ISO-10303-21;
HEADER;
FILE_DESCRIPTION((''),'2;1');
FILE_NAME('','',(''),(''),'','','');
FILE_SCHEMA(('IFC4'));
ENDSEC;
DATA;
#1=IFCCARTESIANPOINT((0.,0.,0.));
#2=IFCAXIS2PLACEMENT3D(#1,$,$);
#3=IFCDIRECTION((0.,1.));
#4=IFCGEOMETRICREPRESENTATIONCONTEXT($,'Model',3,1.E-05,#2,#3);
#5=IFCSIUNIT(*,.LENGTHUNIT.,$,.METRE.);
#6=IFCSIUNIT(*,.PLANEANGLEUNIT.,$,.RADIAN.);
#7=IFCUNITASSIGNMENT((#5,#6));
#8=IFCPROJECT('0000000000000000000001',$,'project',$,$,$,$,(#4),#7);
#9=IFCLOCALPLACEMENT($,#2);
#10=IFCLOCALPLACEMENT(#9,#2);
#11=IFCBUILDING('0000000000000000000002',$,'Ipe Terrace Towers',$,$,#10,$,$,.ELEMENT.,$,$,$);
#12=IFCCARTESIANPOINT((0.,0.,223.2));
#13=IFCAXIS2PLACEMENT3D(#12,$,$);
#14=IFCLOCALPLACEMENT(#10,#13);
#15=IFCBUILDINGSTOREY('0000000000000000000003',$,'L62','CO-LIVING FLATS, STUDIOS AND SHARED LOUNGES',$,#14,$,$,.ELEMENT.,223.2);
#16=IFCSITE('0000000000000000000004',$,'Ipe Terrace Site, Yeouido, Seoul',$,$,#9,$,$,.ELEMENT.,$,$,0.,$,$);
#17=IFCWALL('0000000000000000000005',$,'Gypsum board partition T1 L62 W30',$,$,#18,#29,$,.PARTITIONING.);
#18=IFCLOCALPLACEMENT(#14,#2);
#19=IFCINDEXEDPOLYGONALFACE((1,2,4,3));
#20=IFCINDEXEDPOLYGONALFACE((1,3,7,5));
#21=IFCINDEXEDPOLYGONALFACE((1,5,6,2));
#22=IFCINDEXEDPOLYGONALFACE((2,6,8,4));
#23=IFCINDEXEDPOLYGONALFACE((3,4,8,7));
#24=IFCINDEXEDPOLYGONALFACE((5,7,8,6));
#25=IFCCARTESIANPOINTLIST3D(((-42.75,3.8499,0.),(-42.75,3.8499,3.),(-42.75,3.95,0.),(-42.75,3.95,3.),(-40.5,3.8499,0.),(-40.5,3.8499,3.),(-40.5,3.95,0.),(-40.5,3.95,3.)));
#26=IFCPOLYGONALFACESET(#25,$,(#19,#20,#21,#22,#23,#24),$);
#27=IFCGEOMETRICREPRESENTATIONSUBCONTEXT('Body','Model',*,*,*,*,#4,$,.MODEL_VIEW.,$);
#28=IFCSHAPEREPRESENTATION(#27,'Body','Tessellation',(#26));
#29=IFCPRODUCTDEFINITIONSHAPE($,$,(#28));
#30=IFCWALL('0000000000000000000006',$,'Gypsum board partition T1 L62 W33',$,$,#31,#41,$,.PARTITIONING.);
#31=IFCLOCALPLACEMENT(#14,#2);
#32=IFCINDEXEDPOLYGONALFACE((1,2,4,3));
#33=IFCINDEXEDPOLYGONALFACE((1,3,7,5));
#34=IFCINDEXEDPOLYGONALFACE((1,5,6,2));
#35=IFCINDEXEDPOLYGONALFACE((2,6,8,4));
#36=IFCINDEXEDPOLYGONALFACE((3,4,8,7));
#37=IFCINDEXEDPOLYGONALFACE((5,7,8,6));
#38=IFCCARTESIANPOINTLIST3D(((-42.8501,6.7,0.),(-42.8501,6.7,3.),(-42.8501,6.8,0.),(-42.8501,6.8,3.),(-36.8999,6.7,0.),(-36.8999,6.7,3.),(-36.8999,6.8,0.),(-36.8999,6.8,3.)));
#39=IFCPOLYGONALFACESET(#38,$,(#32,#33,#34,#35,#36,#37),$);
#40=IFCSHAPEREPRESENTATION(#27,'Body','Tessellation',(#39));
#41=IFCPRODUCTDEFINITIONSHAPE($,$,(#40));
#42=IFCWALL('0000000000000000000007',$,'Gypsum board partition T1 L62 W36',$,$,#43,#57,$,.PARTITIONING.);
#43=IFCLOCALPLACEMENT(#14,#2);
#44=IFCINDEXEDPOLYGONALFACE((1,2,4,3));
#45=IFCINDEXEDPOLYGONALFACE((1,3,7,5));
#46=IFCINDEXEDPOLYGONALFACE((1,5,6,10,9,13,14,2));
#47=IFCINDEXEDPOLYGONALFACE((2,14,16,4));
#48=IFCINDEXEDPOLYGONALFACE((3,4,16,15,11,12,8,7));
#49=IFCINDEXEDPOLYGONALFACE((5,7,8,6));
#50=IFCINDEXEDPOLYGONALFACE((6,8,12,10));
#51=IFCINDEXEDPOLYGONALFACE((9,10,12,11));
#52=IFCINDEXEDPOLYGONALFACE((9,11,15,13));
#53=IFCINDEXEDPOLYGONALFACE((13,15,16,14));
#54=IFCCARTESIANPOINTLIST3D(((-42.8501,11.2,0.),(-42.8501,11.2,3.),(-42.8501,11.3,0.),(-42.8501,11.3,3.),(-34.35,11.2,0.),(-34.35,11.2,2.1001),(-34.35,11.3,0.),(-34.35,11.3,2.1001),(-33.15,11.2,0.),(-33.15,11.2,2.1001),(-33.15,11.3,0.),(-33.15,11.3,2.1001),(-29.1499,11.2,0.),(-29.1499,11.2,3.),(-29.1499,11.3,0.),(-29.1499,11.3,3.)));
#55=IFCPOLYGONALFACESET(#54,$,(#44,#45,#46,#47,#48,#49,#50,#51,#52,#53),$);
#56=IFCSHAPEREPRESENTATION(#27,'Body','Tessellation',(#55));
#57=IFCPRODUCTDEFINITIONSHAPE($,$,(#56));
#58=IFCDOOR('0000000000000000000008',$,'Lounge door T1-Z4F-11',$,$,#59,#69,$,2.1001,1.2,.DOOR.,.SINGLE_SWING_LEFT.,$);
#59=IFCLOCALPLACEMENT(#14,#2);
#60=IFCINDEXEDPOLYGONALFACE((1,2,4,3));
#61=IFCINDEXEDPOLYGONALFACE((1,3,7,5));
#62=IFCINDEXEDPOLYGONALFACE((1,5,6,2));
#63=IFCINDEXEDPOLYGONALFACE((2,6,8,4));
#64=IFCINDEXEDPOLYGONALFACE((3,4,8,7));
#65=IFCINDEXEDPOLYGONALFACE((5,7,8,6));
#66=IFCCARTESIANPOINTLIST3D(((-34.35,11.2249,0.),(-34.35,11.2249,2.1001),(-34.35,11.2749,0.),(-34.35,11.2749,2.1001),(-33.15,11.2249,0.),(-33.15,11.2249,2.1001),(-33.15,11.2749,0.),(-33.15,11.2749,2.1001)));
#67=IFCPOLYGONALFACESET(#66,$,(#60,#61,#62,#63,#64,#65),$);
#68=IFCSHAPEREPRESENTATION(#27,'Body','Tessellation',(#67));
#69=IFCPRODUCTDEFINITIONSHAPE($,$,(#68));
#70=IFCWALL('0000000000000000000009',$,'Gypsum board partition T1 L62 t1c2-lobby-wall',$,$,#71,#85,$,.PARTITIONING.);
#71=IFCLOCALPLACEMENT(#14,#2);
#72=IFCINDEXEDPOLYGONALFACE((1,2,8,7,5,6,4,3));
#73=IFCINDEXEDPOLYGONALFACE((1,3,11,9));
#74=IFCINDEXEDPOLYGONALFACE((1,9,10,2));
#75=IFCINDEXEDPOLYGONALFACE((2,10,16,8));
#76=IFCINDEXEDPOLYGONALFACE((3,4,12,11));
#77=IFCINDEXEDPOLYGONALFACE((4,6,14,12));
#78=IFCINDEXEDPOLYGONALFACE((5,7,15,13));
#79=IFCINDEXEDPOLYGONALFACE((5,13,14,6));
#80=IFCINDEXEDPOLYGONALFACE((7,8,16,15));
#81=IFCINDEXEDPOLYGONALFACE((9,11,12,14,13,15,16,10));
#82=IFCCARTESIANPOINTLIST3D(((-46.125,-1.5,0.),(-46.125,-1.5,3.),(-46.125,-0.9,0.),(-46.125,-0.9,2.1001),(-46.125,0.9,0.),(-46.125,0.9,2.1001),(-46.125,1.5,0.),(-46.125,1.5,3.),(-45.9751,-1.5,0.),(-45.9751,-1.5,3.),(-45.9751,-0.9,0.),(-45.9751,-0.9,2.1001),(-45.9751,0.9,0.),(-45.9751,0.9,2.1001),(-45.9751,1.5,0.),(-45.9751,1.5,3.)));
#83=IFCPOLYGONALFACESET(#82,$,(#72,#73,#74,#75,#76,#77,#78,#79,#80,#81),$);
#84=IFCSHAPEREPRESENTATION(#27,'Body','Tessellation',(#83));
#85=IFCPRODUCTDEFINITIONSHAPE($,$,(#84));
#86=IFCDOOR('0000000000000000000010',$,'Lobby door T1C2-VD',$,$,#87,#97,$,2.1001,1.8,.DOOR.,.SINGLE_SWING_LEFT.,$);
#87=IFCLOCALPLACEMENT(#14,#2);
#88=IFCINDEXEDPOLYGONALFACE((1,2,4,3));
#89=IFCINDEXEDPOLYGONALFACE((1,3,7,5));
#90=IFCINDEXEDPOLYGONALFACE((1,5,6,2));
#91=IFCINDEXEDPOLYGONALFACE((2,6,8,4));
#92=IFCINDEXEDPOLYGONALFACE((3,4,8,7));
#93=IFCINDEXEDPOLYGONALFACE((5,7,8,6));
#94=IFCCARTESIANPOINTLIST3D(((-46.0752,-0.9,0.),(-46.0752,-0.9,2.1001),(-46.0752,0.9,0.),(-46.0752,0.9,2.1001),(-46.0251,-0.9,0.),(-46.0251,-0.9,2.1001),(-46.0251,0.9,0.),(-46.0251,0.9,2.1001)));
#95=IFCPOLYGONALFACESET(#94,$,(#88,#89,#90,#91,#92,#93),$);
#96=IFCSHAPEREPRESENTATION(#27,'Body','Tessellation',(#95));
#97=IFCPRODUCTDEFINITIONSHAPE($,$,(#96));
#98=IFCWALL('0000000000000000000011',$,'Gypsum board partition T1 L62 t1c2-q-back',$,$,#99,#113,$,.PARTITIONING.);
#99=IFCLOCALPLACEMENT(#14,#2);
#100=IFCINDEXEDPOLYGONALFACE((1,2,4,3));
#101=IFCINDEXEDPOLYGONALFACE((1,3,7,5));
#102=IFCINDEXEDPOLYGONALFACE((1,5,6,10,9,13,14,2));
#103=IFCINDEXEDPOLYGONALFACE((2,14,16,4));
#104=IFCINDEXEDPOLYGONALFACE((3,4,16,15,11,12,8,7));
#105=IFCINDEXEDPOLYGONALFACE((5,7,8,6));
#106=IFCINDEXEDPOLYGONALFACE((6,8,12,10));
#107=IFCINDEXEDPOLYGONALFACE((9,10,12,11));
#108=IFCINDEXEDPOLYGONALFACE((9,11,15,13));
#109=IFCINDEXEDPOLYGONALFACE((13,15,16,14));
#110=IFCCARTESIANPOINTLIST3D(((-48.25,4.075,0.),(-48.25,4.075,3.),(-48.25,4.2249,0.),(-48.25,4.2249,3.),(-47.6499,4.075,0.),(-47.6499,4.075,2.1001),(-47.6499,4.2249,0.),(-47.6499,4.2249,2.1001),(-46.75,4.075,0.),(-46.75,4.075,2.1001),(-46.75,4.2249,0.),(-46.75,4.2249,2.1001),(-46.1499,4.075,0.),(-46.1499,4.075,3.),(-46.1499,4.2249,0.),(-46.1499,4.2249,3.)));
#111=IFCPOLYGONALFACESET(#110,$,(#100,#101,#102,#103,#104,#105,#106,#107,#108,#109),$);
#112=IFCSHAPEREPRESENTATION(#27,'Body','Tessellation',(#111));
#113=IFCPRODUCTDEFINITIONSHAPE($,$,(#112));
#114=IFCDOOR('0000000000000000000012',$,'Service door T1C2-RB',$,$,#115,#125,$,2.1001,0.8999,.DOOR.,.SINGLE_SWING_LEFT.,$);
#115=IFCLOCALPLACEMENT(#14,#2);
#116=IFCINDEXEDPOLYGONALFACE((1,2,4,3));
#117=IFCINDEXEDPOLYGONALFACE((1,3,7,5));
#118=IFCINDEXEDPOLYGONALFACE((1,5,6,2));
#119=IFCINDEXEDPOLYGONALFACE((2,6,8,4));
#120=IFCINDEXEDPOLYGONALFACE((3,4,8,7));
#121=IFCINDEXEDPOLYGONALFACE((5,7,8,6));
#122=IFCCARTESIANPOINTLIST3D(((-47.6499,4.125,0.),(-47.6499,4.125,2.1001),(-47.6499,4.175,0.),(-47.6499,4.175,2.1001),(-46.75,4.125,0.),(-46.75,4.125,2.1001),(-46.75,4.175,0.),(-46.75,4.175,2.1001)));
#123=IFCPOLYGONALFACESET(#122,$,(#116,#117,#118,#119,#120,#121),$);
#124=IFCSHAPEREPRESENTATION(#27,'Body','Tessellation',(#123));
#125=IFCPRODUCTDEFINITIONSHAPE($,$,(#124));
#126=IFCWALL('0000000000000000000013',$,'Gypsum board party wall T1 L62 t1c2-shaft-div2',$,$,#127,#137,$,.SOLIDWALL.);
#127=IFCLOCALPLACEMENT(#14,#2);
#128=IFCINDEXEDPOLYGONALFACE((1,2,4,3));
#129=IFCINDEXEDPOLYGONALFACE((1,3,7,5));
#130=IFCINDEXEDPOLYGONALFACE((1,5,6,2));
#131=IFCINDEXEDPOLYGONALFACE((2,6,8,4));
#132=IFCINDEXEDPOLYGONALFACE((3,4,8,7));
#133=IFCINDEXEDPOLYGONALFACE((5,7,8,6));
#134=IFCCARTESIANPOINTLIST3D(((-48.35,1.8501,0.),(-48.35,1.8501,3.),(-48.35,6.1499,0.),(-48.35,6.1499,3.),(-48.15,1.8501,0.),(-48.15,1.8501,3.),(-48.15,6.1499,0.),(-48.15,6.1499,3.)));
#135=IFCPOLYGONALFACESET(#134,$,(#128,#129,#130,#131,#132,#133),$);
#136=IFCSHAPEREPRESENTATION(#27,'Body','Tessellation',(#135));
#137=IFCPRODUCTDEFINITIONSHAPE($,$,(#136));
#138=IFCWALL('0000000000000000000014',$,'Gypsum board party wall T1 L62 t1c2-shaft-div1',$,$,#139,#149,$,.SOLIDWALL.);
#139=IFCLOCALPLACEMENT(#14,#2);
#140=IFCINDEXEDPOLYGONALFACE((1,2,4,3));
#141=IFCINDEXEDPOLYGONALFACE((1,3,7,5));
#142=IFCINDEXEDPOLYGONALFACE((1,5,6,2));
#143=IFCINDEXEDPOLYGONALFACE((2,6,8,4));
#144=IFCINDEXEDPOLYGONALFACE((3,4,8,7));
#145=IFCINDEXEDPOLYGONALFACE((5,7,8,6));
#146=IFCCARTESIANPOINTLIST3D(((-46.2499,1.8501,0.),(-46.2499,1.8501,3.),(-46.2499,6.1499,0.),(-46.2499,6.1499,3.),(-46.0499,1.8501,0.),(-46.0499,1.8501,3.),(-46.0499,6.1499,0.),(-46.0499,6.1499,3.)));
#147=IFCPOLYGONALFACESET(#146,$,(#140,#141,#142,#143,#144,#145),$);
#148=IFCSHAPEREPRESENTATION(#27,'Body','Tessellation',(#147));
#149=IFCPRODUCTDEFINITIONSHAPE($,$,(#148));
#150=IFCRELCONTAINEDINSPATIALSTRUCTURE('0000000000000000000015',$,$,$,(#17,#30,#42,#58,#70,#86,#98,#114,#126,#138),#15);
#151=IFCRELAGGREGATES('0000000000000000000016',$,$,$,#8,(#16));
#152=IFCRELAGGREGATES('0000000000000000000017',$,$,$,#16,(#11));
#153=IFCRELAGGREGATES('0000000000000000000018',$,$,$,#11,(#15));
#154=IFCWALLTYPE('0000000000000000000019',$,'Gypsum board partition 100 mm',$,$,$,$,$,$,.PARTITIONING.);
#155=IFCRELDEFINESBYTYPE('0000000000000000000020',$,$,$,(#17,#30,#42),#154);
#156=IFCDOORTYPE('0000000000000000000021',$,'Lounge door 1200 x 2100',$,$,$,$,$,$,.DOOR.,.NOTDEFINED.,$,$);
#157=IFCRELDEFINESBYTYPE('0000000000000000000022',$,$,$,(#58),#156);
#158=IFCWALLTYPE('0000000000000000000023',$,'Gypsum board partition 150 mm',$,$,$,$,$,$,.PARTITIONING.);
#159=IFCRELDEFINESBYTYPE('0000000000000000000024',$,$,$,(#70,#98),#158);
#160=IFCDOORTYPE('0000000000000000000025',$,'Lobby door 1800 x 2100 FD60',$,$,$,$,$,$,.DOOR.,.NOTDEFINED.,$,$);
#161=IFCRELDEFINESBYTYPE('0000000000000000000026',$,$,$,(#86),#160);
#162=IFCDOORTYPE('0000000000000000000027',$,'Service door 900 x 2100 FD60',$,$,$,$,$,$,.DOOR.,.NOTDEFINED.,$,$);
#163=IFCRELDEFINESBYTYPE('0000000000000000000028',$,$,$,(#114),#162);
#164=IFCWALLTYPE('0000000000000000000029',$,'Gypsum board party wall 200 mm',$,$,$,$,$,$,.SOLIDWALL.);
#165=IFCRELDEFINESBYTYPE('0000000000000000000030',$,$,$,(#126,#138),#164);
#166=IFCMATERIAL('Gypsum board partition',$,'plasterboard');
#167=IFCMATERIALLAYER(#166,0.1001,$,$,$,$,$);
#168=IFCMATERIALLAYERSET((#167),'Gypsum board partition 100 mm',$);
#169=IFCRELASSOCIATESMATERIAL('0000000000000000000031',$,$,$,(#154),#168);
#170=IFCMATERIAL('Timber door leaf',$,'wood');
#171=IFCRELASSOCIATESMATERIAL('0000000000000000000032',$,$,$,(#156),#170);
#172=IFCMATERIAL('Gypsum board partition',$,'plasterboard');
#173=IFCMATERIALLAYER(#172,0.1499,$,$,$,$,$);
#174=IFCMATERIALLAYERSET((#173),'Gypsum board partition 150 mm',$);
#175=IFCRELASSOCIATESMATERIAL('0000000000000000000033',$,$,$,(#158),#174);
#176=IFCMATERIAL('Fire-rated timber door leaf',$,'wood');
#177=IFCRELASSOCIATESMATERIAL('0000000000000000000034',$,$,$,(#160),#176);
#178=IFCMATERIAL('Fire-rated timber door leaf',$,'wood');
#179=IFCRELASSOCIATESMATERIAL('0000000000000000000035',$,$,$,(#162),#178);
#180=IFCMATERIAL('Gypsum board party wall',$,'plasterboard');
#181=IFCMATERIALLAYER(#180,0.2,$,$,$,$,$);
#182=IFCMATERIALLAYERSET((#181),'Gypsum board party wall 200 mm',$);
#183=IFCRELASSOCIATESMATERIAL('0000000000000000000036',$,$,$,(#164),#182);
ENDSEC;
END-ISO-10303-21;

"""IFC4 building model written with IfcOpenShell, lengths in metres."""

from ifc_helpers import new_model, si_unit, direction, frame, frame_2d, origin, place, context, subcontext, project, spatial, rectangle, extrude, material, layer, layer_set, type_object, element, fill, save


model = new_model("IFC4")

# Units and contexts
model_context = context("Model", 3, precision=1e-05, world=origin(), true_north=direction((0.0, 1.0)))
body_context = subcontext(model_context, "Body", "Model", "MODEL_VIEW")
ifc_project = project(units=[si_unit("LENGTHUNIT", "METRE"), si_unit("PLANEANGLEUNIT", "RADIAN")], contexts=[model_context])

# Site, building, storey
site_placement = place(None, origin())
site = spatial("IfcSite", under=ifc_project, at=site_placement, Name="Ipe Terrace Site, Yeouido, Seoul", CompositionType="ELEMENT", RefElevation=0.0)
building_placement = place(site_placement, origin())
building = spatial("IfcBuilding", under=site, at=building_placement, Name="Ipe Terrace Towers", CompositionType="ELEMENT")
storey_placement = place(building_placement, frame((0.0, 0.0, 223.2)))
storey = spatial("IfcBuildingStorey", under=building, at=storey_placement, Name="L62", Description="CO-LIVING FLATS, STUDIOS AND SHARED LOUNGES", CompositionType="ELEMENT", Elevation=223.2)

# Shared definitions
ifc_material_1 = material(Name="Gypsum board partition", Category="plasterboard")
ifc_layer_1 = layer(ifc_material_1, 0.1001)
ifc_layer_set_1 = layer_set([ifc_layer_1], Name="Gypsum board partition 100 mm")
wall_type_1 = type_object("IfcWallType", Name="Gypsum board partition 100 mm", PredefinedType="PARTITIONING", material=ifc_layer_set_1)

# Walls
wall_1_placement = place(storey_placement, frame((-42.75, 3.8999, 0.0), z_axis=(0.0, 0.0, 1.0), x_axis=(1.0, 0.0, 0.0)))
element("IfcWall", 1, at=wall_1_placement, inside=storey, type_object=wall_type_1, Name="Gypsum board partition T1 L62 W30", PredefinedType="PARTITIONING", context=body_context, shape_type="SweptSolid", body=[
    extrude(rectangle(XDim=2.25, YDim=0.1001, at=frame_2d((1.125, 0.0))), origin(), (0.0, 0.0, 1.0), 3.0),
])
wall_2_placement = place(storey_placement, frame((-42.8501, 6.75, 0.0), z_axis=(0.0, 0.0, 1.0), x_axis=(1.0, 0.0, 0.0)))
element("IfcWall", 2, at=wall_2_placement, inside=storey, type_object=wall_type_1, Name="Gypsum board partition T1 L62 W33", PredefinedType="PARTITIONING", context=body_context, shape_type="SweptSolid", body=[
    extrude(rectangle(XDim=5.9502, YDim=0.1001, at=frame_2d((2.9751, 0.0))), origin(), (0.0, 0.0, 1.0), 3.0),
])

# Walls, openings, doors
wall_3_placement = place(storey_placement, frame((-42.8501, 11.25, 0.0), z_axis=(0.0, 0.0, 1.0), x_axis=(1.0, 0.0, 0.0)))
wall_3 = element("IfcWall", 3, at=wall_3_placement, inside=storey, type_object=wall_type_1, Name="Gypsum board partition T1 L62 W36", PredefinedType="PARTITIONING", context=body_context, shape_type="SweptSolid", body=[
    extrude(rectangle(XDim=13.7002, YDim=0.1001, at=frame_2d((6.8501, 0.0))), origin(), (0.0, 0.0, 1.0), 3.0),
])
opening_1_placement = place(wall_3_placement, frame((8.5, 0.0, 0.0)))
opening_1 = element("IfcOpeningElement", 4, at=opening_1_placement, cuts=wall_3, PredefinedType="OPENING", context=body_context, shape_type="SweptSolid", body=[
    extrude(rectangle(XDim=1.2, YDim=2.1001, at=frame_2d((0.6001, 1.05))), frame((0.0, 0.0601, 0.0), z_axis=(0.0, -1.0, 0.0), x_axis=(1.0, 0.0, 0.0)), (0.0, 0.0, 1.0), 0.1201),
])
ifc_material_2 = material(Name="Timber door leaf", Category="wood")
door_type_1 = type_object("IfcDoorType", Name="Lounge door 1200 x 2100", OperationType="NOTDEFINED", PredefinedType="DOOR", material=ifc_material_2)
door_1_placement = place(opening_1_placement, origin())
door_1 = element("IfcDoor", 5, at=door_1_placement, inside=storey, type_object=door_type_1, Name="Lounge door T1-Z4F-11", OperationType="SINGLE_SWING_LEFT", OverallHeight=2.1001, OverallWidth=1.2, PredefinedType="DOOR", context=body_context, shape_type="SweptSolid", body=[
    extrude(rectangle(XDim=1.2, YDim=2.1001, at=frame_2d((0.6001, 1.05))), frame((0.0, 0.0249, 0.0), z_axis=(0.0, -1.0, 0.0), x_axis=(1.0, 0.0, 0.0)), (0.0, 0.0, 1.0), 0.05),
])
fill(opening_1, door_1)
ifc_material_3 = material(Name="Gypsum board partition", Category="plasterboard")
ifc_layer_2 = layer(ifc_material_3, 0.1499)
ifc_layer_set_2 = layer_set([ifc_layer_2], Name="Gypsum board partition 150 mm")
wall_type_2 = type_object("IfcWallType", Name="Gypsum board partition 150 mm", PredefinedType="PARTITIONING", material=ifc_layer_set_2)
wall_4_placement = place(storey_placement, frame((-46.05, 1.5, 0.0), z_axis=(0.0, 0.0, 1.0), x_axis=(0.0, -1.0, 0.0)))
wall_4 = element("IfcWall", 6, at=wall_4_placement, inside=storey, type_object=wall_type_2, Name="Gypsum board partition T1 L62 t1c2-lobby-wall", PredefinedType="PARTITIONING", context=body_context, shape_type="SweptSolid", body=[
    extrude(rectangle(XDim=3.0, YDim=0.1499, at=frame_2d((1.5, 0.0))), origin(), (0.0, 0.0, 1.0), 3.0),
])
opening_2_placement = place(wall_4_placement, frame((0.6001, 0.0, 0.0)))
opening_2 = element("IfcOpeningElement", 7, at=opening_2_placement, cuts=wall_4, PredefinedType="OPENING", context=body_context, shape_type="SweptSolid", body=[
    extrude(rectangle(XDim=1.8, YDim=2.1001, at=frame_2d((0.8999, 1.05))), frame((0.0, 0.085, 0.0), z_axis=(0.0, -1.0, 0.0), x_axis=(1.0, 0.0, 0.0)), (0.0, 0.0, 1.0), 0.1699),
])
ifc_material_4 = material(Name="Fire-rated timber door leaf", Category="wood")
door_type_2 = type_object("IfcDoorType", Name="Lobby door 1800 x 2100 FD60", OperationType="NOTDEFINED", PredefinedType="DOOR", material=ifc_material_4)
door_2_placement = place(opening_2_placement, origin())
door_2 = element("IfcDoor", 8, at=door_2_placement, inside=storey, type_object=door_type_2, Name="Lobby door T1C2-VD", OperationType="SINGLE_SWING_LEFT", OverallHeight=2.1001, OverallWidth=1.8, PredefinedType="DOOR", context=body_context, shape_type="SweptSolid", body=[
    extrude(rectangle(XDim=1.8, YDim=2.1001, at=frame_2d((0.8999, 1.05))), frame((0.0, 0.0249, 0.0), z_axis=(0.0, -1.0, 0.0), x_axis=(1.0, 0.0, 0.0)), (0.0, 0.0, 1.0), 0.05),
])
fill(opening_2, door_2)
wall_5_placement = place(storey_placement, frame((-46.1499, 4.1499, 0.0), z_axis=(0.0, 0.0, 1.0), x_axis=(-1.0, 0.0, 0.0)))
wall_5 = element("IfcWall", 9, at=wall_5_placement, inside=storey, type_object=wall_type_2, Name="Gypsum board partition T1 L62 t1c2-q-back", PredefinedType="PARTITIONING", context=body_context, shape_type="SweptSolid", body=[
    extrude(rectangle(XDim=2.1001, YDim=0.1499, at=frame_2d((1.05, 0.0))), origin(), (0.0, 0.0, 1.0), 3.0),
])
opening_3_placement = place(wall_5_placement, frame((0.6001, 0.0, 0.0)))
opening_3 = element("IfcOpeningElement", 10, at=opening_3_placement, cuts=wall_5, PredefinedType="OPENING", context=body_context, shape_type="SweptSolid", body=[
    extrude(rectangle(XDim=0.8999, YDim=2.1001, at=frame_2d((0.45, 1.05))), frame((0.0, 0.085, 0.0), z_axis=(0.0, -1.0, 0.0), x_axis=(1.0, 0.0, 0.0)), (0.0, 0.0, 1.0), 0.1699),
])
ifc_material_5 = material(Name="Fire-rated timber door leaf", Category="wood")
door_type_3 = type_object("IfcDoorType", Name="Service door 900 x 2100 FD60", OperationType="NOTDEFINED", PredefinedType="DOOR", material=ifc_material_5)
door_3_placement = place(opening_3_placement, origin())
door_3 = element("IfcDoor", 11, at=door_3_placement, inside=storey, type_object=door_type_3, Name="Service door T1C2-RB", OperationType="SINGLE_SWING_LEFT", OverallHeight=2.1001, OverallWidth=0.8999, PredefinedType="DOOR", context=body_context, shape_type="SweptSolid", body=[
    extrude(rectangle(XDim=0.8999, YDim=2.1001, at=frame_2d((0.45, 1.05))), frame((0.0, 0.0249, 0.0), z_axis=(0.0, -1.0, 0.0), x_axis=(1.0, 0.0, 0.0)), (0.0, 0.0, 1.0), 0.05),
])
fill(opening_3, door_3)

# Walls
ifc_material_6 = material(Name="Gypsum board party wall", Category="plasterboard")
ifc_layer_3 = layer(ifc_material_6, 0.2)
ifc_layer_set_3 = layer_set([ifc_layer_3], Name="Gypsum board party wall 200 mm")
wall_type_3 = type_object("IfcWallType", Name="Gypsum board party wall 200 mm", PredefinedType="SOLIDWALL", material=ifc_layer_set_3)
for number, where, z_axis, x_axis, name in (
    (12, (-48.25, 6.1499, 0.0), (0.0, 0.0, 1.0), (0.0, -1.0, 0.0), "Gypsum board party wall T1 L62 t1c2-shaft-div2"),
    (13, (-46.1499, 6.1499, 0.0), (0.0, 0.0, 1.0), (0.0, -1.0, 0.0), "Gypsum board party wall T1 L62 t1c2-shaft-div1"),
):
    element("IfcWall", number, at=place(storey_placement, frame(where, z_axis=z_axis, x_axis=x_axis)), inside=storey, type_object=wall_type_3, Name=name, PredefinedType="SOLIDWALL", context=body_context, shape_type="SweptSolid", body=[
        extrude(rectangle(XDim=4.2998, YDim=0.2, at=frame_2d((2.1499, 0.0))), origin(), (0.0, 0.0, 1.0), 3.0),
    ])

save(model, "model.ifc")
